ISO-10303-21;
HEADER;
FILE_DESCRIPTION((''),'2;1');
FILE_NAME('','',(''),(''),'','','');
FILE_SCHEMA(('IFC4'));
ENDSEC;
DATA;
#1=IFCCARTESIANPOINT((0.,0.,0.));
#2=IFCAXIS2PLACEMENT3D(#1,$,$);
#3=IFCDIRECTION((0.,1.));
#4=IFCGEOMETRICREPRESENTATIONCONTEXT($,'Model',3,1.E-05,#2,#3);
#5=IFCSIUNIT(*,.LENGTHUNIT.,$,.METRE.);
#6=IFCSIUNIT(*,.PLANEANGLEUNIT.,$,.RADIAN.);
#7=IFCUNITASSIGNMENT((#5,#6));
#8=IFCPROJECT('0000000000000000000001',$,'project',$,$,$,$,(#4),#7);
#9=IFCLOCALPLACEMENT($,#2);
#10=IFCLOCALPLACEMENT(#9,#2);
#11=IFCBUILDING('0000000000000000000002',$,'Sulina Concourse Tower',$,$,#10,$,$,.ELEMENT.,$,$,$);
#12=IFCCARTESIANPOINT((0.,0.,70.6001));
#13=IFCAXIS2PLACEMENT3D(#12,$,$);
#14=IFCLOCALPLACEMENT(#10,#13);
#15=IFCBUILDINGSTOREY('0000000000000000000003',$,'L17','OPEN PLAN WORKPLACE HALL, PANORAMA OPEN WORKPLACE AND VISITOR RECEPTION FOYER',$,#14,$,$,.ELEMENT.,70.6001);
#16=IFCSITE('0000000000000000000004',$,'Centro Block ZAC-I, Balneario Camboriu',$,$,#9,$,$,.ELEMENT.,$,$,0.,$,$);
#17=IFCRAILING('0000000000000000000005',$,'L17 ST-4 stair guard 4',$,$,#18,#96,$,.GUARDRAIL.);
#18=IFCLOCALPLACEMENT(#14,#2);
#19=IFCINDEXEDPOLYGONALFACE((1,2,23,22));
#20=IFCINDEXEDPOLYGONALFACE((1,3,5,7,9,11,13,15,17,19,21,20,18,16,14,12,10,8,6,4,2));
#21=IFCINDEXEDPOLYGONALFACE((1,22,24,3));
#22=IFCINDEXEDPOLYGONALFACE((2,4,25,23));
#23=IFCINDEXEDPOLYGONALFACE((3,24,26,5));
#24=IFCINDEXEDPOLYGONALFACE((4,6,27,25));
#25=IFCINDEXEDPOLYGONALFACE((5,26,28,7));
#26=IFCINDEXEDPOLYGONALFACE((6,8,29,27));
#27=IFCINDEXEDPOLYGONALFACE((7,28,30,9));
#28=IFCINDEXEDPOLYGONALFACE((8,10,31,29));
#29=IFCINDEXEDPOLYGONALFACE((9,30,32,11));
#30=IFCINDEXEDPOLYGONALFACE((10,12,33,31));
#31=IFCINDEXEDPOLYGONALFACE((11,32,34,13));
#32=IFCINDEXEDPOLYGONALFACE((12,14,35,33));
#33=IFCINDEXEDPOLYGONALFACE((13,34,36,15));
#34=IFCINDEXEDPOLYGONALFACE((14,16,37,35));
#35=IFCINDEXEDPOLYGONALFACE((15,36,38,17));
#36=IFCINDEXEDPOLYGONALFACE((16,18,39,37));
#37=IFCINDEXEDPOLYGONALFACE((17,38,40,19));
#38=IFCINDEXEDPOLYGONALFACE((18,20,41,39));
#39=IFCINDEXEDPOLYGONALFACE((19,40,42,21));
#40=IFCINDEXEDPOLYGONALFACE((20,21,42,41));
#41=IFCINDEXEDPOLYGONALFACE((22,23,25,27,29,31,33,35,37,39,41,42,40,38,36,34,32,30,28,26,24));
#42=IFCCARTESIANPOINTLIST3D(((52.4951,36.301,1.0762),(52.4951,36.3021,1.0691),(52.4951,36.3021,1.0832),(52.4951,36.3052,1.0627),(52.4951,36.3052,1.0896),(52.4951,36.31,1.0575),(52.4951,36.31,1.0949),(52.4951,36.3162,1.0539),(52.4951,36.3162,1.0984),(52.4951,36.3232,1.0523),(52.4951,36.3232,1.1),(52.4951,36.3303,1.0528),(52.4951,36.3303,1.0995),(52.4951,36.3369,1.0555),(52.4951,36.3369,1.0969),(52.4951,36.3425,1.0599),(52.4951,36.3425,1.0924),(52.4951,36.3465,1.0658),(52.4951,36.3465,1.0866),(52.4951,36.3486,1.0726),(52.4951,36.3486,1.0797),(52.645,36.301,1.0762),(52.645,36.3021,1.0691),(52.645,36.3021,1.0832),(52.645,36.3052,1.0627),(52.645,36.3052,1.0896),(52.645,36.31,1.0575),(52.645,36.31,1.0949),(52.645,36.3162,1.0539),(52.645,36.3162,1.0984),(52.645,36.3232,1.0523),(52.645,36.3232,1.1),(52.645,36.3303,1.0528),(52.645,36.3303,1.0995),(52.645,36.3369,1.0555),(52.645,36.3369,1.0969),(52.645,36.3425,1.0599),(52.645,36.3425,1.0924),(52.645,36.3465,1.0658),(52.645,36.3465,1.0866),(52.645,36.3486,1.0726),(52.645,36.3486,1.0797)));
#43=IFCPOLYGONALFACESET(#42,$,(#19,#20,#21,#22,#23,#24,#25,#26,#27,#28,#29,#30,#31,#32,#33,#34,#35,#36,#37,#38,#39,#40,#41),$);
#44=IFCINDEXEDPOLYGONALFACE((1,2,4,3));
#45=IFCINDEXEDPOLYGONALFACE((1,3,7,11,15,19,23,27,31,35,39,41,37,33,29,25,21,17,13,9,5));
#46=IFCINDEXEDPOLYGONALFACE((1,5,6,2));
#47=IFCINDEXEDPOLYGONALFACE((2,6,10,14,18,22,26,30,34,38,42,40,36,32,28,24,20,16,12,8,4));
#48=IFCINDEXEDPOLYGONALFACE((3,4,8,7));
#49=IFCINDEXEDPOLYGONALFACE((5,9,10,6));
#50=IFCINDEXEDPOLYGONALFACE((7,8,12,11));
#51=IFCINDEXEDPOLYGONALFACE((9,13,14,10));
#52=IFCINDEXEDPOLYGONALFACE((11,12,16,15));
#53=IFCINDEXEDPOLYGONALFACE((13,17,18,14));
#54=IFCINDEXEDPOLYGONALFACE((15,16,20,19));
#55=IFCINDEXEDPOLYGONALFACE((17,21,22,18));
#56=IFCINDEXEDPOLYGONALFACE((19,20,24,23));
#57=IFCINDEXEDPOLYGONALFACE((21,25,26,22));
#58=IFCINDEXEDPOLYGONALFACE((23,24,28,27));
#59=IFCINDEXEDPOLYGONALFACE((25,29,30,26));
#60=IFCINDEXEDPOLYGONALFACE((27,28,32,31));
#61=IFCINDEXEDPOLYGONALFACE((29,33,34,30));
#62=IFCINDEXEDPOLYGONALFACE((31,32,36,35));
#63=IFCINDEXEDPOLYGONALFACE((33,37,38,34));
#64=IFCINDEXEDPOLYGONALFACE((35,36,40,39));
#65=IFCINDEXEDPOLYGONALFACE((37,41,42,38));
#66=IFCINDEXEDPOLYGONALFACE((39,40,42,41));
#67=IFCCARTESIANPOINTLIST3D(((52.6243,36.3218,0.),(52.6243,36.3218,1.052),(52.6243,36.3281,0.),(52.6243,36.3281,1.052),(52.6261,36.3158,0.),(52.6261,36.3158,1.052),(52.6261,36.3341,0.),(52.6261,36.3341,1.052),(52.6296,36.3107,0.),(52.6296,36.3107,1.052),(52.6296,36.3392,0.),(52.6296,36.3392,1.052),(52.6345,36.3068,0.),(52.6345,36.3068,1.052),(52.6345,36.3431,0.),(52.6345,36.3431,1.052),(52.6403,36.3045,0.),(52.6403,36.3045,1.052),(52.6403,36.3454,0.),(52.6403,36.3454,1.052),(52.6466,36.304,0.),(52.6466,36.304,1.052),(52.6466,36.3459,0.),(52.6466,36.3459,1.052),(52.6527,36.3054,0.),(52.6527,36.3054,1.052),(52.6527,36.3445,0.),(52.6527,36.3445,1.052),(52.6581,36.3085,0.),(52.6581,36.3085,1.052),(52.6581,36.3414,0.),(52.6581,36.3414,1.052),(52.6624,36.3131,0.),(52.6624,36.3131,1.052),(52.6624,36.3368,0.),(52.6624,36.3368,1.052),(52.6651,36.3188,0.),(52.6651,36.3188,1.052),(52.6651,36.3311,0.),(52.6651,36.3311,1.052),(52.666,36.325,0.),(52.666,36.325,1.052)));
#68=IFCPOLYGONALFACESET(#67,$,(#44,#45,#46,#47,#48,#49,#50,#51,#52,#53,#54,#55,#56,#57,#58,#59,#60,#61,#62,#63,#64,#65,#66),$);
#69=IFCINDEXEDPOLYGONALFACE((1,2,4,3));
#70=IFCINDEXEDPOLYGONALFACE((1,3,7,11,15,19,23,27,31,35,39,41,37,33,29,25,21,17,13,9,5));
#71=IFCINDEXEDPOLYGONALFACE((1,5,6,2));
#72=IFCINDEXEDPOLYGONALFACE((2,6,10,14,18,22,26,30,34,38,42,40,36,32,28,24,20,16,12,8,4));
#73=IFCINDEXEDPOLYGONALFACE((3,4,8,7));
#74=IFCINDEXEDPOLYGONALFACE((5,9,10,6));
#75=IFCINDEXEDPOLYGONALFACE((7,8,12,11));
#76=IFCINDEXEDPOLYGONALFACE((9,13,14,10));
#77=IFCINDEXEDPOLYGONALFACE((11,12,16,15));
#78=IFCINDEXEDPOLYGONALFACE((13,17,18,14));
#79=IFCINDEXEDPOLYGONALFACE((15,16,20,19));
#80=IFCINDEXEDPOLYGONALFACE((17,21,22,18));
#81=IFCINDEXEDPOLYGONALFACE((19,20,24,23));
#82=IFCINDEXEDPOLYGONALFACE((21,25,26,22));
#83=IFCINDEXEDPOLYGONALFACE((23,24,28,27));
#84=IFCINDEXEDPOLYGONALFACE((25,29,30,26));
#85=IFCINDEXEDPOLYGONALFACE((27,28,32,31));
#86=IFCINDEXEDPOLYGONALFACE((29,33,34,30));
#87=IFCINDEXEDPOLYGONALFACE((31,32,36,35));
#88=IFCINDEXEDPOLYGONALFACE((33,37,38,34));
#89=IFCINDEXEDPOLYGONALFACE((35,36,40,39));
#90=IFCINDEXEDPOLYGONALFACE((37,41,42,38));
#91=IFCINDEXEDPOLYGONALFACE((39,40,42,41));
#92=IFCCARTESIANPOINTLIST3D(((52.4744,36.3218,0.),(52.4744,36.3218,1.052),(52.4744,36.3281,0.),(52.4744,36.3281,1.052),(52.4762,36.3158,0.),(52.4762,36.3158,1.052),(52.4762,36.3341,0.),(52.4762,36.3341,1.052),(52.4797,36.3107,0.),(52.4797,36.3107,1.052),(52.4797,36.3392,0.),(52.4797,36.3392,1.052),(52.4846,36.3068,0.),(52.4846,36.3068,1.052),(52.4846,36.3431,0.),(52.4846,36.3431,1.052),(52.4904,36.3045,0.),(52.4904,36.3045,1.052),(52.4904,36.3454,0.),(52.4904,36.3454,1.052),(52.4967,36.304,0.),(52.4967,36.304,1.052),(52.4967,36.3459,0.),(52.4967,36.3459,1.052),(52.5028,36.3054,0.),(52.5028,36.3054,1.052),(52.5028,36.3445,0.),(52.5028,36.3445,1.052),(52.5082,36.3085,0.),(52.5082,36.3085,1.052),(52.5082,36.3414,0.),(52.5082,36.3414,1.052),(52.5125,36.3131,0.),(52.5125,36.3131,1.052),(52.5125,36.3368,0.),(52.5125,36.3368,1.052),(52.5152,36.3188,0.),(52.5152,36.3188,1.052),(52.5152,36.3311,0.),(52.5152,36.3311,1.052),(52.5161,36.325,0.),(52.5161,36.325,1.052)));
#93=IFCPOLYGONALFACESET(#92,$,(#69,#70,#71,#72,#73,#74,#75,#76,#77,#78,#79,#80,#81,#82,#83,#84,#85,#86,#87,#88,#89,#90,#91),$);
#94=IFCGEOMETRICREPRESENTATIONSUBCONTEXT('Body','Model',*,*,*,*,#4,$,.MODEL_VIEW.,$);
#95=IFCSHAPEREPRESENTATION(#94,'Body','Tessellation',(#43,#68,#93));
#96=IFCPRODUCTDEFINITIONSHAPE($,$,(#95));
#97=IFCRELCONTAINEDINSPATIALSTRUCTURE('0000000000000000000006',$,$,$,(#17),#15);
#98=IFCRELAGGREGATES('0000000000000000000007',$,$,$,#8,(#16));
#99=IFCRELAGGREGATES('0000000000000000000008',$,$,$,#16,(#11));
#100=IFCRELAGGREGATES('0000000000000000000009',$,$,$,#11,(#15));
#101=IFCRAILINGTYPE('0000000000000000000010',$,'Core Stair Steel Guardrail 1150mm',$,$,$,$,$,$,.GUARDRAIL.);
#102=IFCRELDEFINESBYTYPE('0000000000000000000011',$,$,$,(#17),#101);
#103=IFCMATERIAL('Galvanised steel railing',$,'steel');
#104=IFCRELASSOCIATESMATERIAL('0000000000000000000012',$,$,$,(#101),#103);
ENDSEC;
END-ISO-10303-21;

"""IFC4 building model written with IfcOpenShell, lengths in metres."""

from ifc_helpers import new_model, si_unit, direction, frame, origin, origin_2d, place, context, subcontext, project, spatial, circle, extrude, material, type_object, element, save


model = new_model("IFC4")

# Units and contexts
model_context = context("Model", 3, precision=1e-05, world=origin(), true_north=direction((0.0, 1.0)))
body_context = subcontext(model_context, "Body", "Model", "MODEL_VIEW")
ifc_project = project(units=[si_unit("LENGTHUNIT", "METRE"), si_unit("PLANEANGLEUNIT", "RADIAN")], contexts=[model_context])

# Site, building, storey
site_placement = place(None, origin())
site = spatial("IfcSite", under=ifc_project, at=site_placement, Name="Centro Block ZAC-I, Balneario Camboriu", CompositionType="ELEMENT", RefElevation=0.0)
building_placement = place(site_placement, origin())
building = spatial("IfcBuilding", under=site, at=building_placement, Name="Sulina Concourse Tower", CompositionType="ELEMENT")
storey_placement = place(building_placement, frame((0.0, 0.0, 70.6001)))
storey = spatial("IfcBuildingStorey", under=building, at=storey_placement, Name="L17", Description="OPEN PLAN WORKPLACE HALL, PANORAMA OPEN WORKPLACE AND VISITOR RECEPTION FOYER", CompositionType="ELEMENT", Elevation=70.6001)

# Railing
ifc_material_1 = material(Name="Galvanised steel railing", Category="steel")
railing_type_1 = type_object("IfcRailingType", Name="Core Stair Steel Guardrail 1150mm", PredefinedType="GUARDRAIL", material=ifc_material_1)
railing_1_placement = place(storey_placement, frame((52.645, 36.325, 0.0)))
element("IfcRailing", 1, at=railing_1_placement, inside=storey, type_object=railing_type_1, Name="L17 ST-4 stair guard 4", PredefinedType="GUARDRAIL", context=body_context, shape_type="SweptSolid", body=[
    extrude(circle(Radius=0.0239, at=origin_2d()), frame((0.0, 0.0, 1.0762), z_axis=(-1.0, 0.0, 0.0), x_axis=(0.0, -1.0, 0.0)), (0.0, 0.0, 1.0), 0.1499),
    extrude(circle(Radius=0.021, at=origin_2d()), origin(), (0.0, 0.0, 1.0), 1.052),
    extrude(circle(Radius=0.021, at=origin_2d()), frame((-0.1499, 0.0, 0.0)), (0.0, 0.0, 1.0), 1.052),
])

save(model, "model.ifc")
